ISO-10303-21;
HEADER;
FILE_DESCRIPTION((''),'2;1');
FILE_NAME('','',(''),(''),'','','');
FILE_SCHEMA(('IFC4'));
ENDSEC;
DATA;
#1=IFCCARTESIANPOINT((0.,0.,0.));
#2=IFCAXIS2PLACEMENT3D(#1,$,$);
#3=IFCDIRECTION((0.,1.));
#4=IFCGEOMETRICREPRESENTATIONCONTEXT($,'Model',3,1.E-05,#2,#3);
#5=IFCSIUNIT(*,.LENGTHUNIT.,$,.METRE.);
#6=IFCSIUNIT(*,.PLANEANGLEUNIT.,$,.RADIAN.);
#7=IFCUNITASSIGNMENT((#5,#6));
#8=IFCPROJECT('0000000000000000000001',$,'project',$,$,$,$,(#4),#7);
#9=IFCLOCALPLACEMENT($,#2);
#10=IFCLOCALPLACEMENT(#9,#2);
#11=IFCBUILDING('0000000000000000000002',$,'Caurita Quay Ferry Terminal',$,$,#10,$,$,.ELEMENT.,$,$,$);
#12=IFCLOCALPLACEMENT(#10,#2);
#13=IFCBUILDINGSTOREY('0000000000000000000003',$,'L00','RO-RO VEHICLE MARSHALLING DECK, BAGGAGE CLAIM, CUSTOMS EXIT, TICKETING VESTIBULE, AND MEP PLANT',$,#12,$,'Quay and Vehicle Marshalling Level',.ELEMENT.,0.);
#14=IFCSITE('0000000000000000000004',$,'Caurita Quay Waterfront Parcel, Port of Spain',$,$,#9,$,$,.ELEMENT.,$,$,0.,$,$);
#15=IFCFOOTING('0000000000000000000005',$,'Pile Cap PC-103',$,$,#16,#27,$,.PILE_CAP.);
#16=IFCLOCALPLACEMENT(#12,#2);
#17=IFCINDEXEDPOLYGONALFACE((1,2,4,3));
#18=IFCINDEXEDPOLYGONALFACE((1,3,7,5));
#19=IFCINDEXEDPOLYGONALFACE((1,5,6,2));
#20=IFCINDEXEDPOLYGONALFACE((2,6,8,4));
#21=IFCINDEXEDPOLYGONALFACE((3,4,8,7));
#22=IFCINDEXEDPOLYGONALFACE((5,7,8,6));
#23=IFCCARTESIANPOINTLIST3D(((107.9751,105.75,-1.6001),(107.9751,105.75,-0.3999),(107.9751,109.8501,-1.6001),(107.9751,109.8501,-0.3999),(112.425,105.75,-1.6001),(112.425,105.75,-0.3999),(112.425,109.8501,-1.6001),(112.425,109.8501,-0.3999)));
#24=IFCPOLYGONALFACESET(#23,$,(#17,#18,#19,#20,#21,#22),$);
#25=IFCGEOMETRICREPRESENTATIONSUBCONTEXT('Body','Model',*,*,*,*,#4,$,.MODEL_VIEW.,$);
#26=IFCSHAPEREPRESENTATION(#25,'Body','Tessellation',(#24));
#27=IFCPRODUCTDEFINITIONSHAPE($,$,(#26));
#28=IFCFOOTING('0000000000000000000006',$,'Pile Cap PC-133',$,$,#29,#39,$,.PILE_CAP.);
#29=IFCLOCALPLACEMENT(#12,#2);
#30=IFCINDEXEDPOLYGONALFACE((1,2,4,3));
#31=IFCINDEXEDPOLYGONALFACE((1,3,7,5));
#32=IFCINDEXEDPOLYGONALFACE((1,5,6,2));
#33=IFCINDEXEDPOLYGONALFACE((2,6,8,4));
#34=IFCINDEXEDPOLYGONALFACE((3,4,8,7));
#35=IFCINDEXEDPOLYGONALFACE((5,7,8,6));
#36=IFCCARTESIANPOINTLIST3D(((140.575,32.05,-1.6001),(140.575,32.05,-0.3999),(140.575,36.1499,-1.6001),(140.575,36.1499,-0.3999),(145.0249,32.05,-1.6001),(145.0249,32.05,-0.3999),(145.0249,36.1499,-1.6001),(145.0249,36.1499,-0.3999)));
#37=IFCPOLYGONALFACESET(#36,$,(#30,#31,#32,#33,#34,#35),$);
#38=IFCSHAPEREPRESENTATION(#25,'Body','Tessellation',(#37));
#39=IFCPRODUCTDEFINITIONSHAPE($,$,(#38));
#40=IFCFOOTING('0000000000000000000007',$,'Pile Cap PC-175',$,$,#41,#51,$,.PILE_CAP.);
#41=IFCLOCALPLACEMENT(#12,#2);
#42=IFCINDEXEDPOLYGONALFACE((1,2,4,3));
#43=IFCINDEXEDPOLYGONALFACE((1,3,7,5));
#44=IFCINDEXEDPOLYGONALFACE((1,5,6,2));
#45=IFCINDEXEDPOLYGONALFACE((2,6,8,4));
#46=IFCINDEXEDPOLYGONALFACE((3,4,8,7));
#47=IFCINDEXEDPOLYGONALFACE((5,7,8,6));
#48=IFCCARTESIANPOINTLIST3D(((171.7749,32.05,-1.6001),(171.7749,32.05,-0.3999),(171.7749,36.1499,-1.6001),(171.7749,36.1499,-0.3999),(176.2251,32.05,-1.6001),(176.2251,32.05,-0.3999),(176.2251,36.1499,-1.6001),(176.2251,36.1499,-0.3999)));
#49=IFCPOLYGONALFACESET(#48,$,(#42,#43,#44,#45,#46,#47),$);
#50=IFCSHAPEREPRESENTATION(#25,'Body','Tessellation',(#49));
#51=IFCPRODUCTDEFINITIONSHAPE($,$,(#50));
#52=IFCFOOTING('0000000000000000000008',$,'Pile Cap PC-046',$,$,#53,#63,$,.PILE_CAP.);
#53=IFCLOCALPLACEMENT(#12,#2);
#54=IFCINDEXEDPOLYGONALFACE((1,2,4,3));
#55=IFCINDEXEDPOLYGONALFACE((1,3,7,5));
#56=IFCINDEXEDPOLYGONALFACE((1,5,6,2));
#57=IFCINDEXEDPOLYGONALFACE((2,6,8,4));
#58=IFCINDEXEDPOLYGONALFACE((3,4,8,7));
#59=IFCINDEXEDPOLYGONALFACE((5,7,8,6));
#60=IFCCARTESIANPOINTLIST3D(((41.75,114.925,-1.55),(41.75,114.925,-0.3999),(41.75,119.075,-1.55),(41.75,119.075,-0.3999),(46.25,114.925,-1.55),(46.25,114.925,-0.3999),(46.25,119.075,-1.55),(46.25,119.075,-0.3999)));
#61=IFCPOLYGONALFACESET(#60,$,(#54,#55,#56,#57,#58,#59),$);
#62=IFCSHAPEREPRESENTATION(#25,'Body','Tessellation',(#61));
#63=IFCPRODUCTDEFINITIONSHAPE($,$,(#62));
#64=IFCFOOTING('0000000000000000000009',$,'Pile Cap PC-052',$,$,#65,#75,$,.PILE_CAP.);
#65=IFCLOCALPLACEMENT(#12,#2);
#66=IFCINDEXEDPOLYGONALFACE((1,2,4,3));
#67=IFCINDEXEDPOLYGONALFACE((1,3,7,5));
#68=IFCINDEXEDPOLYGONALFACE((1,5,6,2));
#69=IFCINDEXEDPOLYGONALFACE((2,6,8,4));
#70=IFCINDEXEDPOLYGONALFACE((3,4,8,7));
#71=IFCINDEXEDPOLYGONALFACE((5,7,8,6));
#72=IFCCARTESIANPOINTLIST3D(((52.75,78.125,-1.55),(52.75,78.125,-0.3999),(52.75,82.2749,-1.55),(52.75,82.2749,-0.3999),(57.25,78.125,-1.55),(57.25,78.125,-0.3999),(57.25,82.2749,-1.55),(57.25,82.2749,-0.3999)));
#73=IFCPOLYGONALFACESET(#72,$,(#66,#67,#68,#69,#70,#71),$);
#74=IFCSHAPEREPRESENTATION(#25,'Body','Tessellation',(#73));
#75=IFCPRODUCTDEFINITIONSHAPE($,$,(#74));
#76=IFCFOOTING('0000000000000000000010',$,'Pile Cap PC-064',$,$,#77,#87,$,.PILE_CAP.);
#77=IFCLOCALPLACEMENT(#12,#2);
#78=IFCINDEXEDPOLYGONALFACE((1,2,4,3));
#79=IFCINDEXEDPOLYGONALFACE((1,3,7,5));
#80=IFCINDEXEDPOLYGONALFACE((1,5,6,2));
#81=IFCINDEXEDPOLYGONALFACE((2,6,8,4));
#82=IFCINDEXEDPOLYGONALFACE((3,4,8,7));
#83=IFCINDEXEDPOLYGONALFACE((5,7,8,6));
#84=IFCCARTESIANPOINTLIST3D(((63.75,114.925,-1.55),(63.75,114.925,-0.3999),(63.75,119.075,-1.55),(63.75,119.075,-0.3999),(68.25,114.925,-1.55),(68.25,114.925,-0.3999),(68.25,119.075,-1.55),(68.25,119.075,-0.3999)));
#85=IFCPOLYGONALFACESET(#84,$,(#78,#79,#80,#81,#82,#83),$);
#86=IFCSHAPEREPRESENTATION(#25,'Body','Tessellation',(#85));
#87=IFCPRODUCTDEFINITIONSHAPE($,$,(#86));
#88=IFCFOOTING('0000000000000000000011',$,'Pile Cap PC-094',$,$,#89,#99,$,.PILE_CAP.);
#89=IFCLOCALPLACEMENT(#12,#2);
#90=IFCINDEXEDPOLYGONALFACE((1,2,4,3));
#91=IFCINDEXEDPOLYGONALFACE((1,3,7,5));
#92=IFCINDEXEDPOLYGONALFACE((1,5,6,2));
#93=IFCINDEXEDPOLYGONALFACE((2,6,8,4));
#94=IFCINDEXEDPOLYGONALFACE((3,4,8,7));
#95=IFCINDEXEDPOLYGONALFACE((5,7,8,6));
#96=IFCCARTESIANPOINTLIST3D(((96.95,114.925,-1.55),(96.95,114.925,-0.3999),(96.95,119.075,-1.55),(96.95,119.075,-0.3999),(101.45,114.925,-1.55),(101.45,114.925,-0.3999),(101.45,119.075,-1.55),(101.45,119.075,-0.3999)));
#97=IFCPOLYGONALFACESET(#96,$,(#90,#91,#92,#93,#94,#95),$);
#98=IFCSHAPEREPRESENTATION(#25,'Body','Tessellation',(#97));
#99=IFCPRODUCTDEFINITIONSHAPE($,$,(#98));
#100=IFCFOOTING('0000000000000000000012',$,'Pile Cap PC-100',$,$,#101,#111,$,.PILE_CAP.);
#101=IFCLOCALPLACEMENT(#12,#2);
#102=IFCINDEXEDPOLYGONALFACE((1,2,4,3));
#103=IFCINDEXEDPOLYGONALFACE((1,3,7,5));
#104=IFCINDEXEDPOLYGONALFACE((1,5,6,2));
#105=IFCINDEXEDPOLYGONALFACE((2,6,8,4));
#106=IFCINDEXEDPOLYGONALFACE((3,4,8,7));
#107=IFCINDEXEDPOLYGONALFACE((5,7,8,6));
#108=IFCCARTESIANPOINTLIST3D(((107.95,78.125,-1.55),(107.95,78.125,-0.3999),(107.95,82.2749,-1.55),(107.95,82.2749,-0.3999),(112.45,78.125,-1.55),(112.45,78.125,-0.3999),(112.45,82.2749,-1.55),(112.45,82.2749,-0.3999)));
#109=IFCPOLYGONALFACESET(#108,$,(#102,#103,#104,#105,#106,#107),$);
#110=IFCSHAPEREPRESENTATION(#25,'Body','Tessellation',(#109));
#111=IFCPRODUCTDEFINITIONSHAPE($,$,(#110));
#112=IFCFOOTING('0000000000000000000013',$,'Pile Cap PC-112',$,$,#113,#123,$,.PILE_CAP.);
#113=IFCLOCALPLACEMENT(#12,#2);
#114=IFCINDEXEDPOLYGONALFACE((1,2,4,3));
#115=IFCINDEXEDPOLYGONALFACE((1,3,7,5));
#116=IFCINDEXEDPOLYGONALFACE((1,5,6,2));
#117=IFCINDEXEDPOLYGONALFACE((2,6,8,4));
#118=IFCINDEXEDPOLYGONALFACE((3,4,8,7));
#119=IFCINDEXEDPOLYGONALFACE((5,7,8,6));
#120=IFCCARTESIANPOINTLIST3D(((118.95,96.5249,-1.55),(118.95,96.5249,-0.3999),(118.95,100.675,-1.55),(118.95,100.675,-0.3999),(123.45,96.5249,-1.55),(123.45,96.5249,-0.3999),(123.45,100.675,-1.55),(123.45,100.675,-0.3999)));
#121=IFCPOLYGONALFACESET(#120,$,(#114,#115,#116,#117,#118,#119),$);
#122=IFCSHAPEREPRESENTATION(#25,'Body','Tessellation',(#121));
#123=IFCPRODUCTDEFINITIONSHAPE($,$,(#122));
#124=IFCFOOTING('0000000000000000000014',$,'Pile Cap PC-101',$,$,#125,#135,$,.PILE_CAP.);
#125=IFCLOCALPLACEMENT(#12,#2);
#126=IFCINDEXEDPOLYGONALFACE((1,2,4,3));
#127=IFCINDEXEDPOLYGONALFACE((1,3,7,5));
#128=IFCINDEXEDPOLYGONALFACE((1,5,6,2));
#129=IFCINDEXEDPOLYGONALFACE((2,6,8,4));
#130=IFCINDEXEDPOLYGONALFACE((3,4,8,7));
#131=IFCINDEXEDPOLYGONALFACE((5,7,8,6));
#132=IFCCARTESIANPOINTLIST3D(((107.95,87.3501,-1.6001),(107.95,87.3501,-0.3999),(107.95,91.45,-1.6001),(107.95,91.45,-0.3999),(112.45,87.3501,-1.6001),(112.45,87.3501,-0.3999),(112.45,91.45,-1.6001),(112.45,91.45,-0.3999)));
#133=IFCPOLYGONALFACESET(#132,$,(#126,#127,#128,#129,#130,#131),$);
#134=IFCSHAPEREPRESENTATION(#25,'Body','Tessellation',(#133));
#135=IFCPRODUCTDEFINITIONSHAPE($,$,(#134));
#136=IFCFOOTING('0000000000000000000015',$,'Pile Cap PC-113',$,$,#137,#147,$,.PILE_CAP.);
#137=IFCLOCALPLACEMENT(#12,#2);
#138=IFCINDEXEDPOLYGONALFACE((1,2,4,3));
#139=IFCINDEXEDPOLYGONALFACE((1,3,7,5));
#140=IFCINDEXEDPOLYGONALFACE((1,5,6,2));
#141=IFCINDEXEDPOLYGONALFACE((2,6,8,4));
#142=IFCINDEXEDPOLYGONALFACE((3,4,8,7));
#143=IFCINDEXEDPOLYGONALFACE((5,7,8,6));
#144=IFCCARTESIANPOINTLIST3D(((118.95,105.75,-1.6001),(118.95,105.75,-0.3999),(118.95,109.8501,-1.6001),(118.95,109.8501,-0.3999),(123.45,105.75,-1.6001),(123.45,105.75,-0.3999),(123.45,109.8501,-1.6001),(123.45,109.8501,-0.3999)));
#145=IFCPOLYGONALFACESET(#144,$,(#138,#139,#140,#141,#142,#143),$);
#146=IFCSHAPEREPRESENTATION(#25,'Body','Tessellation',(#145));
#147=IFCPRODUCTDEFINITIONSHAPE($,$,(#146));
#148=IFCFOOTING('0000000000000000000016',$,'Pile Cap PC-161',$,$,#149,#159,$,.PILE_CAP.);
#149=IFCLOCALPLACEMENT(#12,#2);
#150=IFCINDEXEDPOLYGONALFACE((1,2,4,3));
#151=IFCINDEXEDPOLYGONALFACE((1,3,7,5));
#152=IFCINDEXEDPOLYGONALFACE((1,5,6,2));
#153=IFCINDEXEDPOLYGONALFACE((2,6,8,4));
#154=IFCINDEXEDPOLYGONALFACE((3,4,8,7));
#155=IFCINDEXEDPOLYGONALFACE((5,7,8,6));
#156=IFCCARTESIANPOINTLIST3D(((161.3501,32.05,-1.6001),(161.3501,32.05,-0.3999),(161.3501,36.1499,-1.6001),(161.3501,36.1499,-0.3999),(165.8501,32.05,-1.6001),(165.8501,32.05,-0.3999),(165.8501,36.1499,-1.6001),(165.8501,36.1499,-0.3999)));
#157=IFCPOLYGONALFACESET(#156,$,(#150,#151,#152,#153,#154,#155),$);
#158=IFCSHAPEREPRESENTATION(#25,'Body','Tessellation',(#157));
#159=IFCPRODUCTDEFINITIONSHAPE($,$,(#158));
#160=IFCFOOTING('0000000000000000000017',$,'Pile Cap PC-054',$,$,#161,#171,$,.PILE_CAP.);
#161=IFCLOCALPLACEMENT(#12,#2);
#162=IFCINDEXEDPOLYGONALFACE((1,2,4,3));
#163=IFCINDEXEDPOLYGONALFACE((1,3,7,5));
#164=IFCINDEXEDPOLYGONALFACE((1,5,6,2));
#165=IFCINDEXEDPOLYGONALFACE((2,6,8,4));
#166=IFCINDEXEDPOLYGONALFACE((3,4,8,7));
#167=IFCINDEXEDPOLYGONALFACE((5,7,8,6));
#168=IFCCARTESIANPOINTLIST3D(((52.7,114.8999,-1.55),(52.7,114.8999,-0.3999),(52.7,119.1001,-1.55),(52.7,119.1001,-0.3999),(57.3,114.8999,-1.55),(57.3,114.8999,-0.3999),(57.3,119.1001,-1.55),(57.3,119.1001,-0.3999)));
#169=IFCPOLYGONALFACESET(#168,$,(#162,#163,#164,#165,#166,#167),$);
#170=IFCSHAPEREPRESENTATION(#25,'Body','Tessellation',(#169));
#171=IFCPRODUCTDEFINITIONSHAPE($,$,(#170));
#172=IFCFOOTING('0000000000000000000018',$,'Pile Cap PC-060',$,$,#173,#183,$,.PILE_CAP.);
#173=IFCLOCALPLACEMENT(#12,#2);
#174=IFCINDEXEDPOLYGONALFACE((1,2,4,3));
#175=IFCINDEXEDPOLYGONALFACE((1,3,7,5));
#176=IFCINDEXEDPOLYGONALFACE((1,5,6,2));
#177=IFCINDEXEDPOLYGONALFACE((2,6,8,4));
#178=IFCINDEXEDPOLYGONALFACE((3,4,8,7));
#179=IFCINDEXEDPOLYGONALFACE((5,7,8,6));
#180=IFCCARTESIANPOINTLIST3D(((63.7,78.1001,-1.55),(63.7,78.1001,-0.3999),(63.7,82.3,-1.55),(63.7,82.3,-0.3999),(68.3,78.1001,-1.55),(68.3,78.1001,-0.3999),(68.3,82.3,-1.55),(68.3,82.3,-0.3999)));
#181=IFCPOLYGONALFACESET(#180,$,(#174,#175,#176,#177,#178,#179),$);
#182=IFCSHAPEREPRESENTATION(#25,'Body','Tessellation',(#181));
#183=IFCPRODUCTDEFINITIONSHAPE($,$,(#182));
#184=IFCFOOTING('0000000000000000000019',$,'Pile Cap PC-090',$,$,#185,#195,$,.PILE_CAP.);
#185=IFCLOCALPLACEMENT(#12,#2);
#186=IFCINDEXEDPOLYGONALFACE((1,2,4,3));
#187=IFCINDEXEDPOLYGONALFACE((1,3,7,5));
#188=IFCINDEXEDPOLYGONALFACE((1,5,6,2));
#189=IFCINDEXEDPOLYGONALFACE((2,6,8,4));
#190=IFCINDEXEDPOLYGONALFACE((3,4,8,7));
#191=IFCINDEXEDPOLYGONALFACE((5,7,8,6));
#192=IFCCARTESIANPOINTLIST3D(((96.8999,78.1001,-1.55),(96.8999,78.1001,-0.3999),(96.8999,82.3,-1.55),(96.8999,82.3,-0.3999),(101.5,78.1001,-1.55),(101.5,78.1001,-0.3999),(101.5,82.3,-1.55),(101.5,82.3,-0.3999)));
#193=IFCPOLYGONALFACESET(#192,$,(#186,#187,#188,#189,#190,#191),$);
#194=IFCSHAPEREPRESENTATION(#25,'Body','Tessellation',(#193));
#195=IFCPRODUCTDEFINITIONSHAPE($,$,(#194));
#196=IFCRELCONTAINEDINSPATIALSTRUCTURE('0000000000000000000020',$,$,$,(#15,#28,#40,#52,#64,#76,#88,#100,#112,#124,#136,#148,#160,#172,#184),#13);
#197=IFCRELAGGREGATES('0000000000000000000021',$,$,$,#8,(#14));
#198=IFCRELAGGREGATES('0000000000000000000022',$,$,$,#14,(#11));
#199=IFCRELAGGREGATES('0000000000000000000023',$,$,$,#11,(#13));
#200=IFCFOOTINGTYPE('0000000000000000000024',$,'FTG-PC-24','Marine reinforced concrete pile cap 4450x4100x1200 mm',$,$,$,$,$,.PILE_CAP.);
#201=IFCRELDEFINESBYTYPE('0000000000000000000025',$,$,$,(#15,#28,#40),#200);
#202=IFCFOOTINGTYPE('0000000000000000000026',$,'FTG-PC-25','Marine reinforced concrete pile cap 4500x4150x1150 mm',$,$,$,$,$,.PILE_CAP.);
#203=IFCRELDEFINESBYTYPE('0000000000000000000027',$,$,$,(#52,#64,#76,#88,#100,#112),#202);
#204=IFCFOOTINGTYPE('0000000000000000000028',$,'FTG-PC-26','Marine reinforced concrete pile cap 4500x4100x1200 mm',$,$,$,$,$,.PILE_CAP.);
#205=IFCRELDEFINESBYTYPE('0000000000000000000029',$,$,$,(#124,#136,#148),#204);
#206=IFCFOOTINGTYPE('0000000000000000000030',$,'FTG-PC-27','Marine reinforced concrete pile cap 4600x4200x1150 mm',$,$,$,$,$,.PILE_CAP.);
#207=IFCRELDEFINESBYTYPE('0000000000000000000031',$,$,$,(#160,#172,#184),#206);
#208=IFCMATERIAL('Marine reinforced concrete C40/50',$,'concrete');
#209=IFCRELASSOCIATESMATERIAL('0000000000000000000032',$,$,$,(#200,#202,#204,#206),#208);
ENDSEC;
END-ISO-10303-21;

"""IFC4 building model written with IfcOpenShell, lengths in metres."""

from ifc_helpers import new_model, si_unit, direction, frame, origin, place, context, subcontext, project, spatial, polyline, outline, extrude, material, type_object, element, save


model = new_model("IFC4")

# Units and contexts
model_context = context("Model", 3, precision=1e-05, world=origin(), true_north=direction((0.0, 1.0)))
body_context = subcontext(model_context, "Body", "Model", "MODEL_VIEW")
ifc_project = project(units=[si_unit("LENGTHUNIT", "METRE"), si_unit("PLANEANGLEUNIT", "RADIAN")], contexts=[model_context])

# Site, building, storey
site_placement = place(None, origin())
site = spatial("IfcSite", under=ifc_project, at=site_placement, Name="Caurita Quay Waterfront Parcel, Port of Spain", CompositionType="ELEMENT", RefElevation=0.0)
building_placement = place(site_placement, origin())
building = spatial("IfcBuilding", under=site, at=building_placement, Name="Caurita Quay Ferry Terminal", CompositionType="ELEMENT")
storey_placement = place(building_placement, origin())
storey = spatial("IfcBuildingStorey", under=building, at=storey_placement, Name="L00", Description="RO-RO VEHICLE MARSHALLING DECK, BAGGAGE CLAIM, CUSTOMS EXIT, TICKETING VESTIBULE, AND MEP PLANT", LongName="Quay and Vehicle Marshalling Level", CompositionType="ELEMENT", Elevation=0.0)

# Footings
ifc_material = material(Name="Marine reinforced concrete C40/50", Category="concrete")
footing_type_1 = type_object("IfcFootingType", Name="FTG-PC-24", Description="Marine reinforced concrete pile cap 4450x4100x1200 mm", PredefinedType="PILE_CAP", material=ifc_material)
footing_1_placement = place(storey_placement, frame((0.0, 0.0, -1.6001)))
element("IfcFooting", 1, at=footing_1_placement, inside=storey, type_object=footing_type_1, Name="Pile Cap PC-103", PredefinedType="PILE_CAP", context=body_context, shape_type="SweptSolid", body=[
    extrude(outline(polyline([(107.9751, 105.75), (112.425, 105.75), (112.425, 109.8501), (107.9751, 109.8501), (107.9751, 105.75)])), origin(), (0.0, 0.0, 1.0), 1.2002),
])
footing_2_placement = place(storey_placement, frame((0.0, 0.0, -1.6001)))
element("IfcFooting", 2, at=footing_2_placement, inside=storey, type_object=footing_type_1, Name="Pile Cap PC-133", PredefinedType="PILE_CAP", context=body_context, shape_type="SweptSolid", body=[
    extrude(outline(polyline([(140.575, 32.05), (145.0249, 32.05), (145.0249, 36.1499), (140.575, 36.1499), (140.575, 32.05)])), origin(), (0.0, 0.0, 1.0), 1.2002),
])
footing_3_placement = place(storey_placement, frame((0.0, 0.0, -1.6001)))
element("IfcFooting", 3, at=footing_3_placement, inside=storey, type_object=footing_type_1, Name="Pile Cap PC-175", PredefinedType="PILE_CAP", context=body_context, shape_type="SweptSolid", body=[
    extrude(outline(polyline([(171.7749, 32.05), (176.2251, 32.05), (176.2251, 36.1499), (171.7749, 36.1499), (171.7749, 32.05)])), origin(), (0.0, 0.0, 1.0), 1.2002),
])
footing_type_2 = type_object("IfcFootingType", Name="FTG-PC-25", Description="Marine reinforced concrete pile cap 4500x4150x1150 mm", PredefinedType="PILE_CAP", material=ifc_material)
footing_4_placement = place(storey_placement, frame((0.0, 0.0, -1.55)))
element("IfcFooting", 4, at=footing_4_placement, inside=storey, type_object=footing_type_2, Name="Pile Cap PC-046", PredefinedType="PILE_CAP", context=body_context, shape_type="SweptSolid", body=[
    extrude(outline(polyline([(41.75, 114.925), (46.25, 114.925), (46.25, 119.075), (41.75, 119.075), (41.75, 114.925)])), origin(), (0.0, 0.0, 1.0), 1.1501),
])
footing_5_placement = place(storey_placement, frame((0.0, 0.0, -1.55)))
element("IfcFooting", 5, at=footing_5_placement, inside=storey, type_object=footing_type_2, Name="Pile Cap PC-052", PredefinedType="PILE_CAP", context=body_context, shape_type="SweptSolid", body=[
    extrude(outline(polyline([(52.75, 78.125), (57.25, 78.125), (57.25, 82.2749), (52.75, 82.2749), (52.75, 78.125)])), origin(), (0.0, 0.0, 1.0), 1.1501),
])
footing_6_placement = place(storey_placement, frame((0.0, 0.0, -1.55)))
element("IfcFooting", 6, at=footing_6_placement, inside=storey, type_object=footing_type_2, Name="Pile Cap PC-064", PredefinedType="PILE_CAP", context=body_context, shape_type="SweptSolid", body=[
    extrude(outline(polyline([(63.75, 114.925), (68.25, 114.925), (68.25, 119.075), (63.75, 119.075), (63.75, 114.925)])), origin(), (0.0, 0.0, 1.0), 1.1501),
])
footing_7_placement = place(storey_placement, frame((0.0, 0.0, -1.55)))
element("IfcFooting", 7, at=footing_7_placement, inside=storey, type_object=footing_type_2, Name="Pile Cap PC-094", PredefinedType="PILE_CAP", context=body_context, shape_type="SweptSolid", body=[
    extrude(outline(polyline([(96.95, 114.925), (101.45, 114.925), (101.45, 119.075), (96.95, 119.075), (96.95, 114.925)])), origin(), (0.0, 0.0, 1.0), 1.1501),
])
footing_8_placement = place(storey_placement, frame((0.0, 0.0, -1.55)))
element("IfcFooting", 8, at=footing_8_placement, inside=storey, type_object=footing_type_2, Name="Pile Cap PC-100", PredefinedType="PILE_CAP", context=body_context, shape_type="SweptSolid", body=[
    extrude(outline(polyline([(107.95, 78.125), (112.45, 78.125), (112.45, 82.2749), (107.95, 82.2749), (107.95, 78.125)])), origin(), (0.0, 0.0, 1.0), 1.1501),
])
footing_9_placement = place(storey_placement, frame((0.0, 0.0, -1.55)))
element("IfcFooting", 9, at=footing_9_placement, inside=storey, type_object=footing_type_2, Name="Pile Cap PC-112", PredefinedType="PILE_CAP", context=body_context, shape_type="SweptSolid", body=[
    extrude(outline(polyline([(118.95, 96.5249), (123.45, 96.5249), (123.45, 100.675), (118.95, 100.675), (118.95, 96.5249)])), origin(), (0.0, 0.0, 1.0), 1.1501),
])
footing_type_3 = type_object("IfcFootingType", Name="FTG-PC-26", Description="Marine reinforced concrete pile cap 4500x4100x1200 mm", PredefinedType="PILE_CAP", material=ifc_material)
footing_10_placement = place(storey_placement, frame((0.0, 0.0, -1.6001)))
element("IfcFooting", 10, at=footing_10_placement, inside=storey, type_object=footing_type_3, Name="Pile Cap PC-101", PredefinedType="PILE_CAP", context=body_context, shape_type="SweptSolid", body=[
    extrude(outline(polyline([(107.95, 87.3501), (112.45, 87.3501), (112.45, 91.45), (107.95, 91.45), (107.95, 87.3501)])), origin(), (0.0, 0.0, 1.0), 1.2002),
])
footing_11_placement = place(storey_placement, frame((0.0, 0.0, -1.6001)))
element("IfcFooting", 11, at=footing_11_placement, inside=storey, type_object=footing_type_3, Name="Pile Cap PC-113", PredefinedType="PILE_CAP", context=body_context, shape_type="SweptSolid", body=[
    extrude(outline(polyline([(118.95, 105.75), (123.45, 105.75), (123.45, 109.8501), (118.95, 109.8501), (118.95, 105.75)])), origin(), (0.0, 0.0, 1.0), 1.2002),
])
footing_12_placement = place(storey_placement, frame((0.0, 0.0, -1.6001)))
element("IfcFooting", 12, at=footing_12_placement, inside=storey, type_object=footing_type_3, Name="Pile Cap PC-161", PredefinedType="PILE_CAP", context=body_context, shape_type="SweptSolid", body=[
    extrude(outline(polyline([(161.3501, 32.05), (165.8501, 32.05), (165.8501, 36.1499), (161.3501, 36.1499), (161.3501, 32.05)])), origin(), (0.0, 0.0, 1.0), 1.2002),
])
footing_type_4 = type_object("IfcFootingType", Name="FTG-PC-27", Description="Marine reinforced concrete pile cap 4600x4200x1150 mm", PredefinedType="PILE_CAP", material=ifc_material)
footing_13_placement = place(storey_placement, frame((0.0, 0.0, -1.55)))
element("IfcFooting", 13, at=footing_13_placement, inside=storey, type_object=footing_type_4, Name="Pile Cap PC-054", PredefinedType="PILE_CAP", context=body_context, shape_type="SweptSolid", body=[
    extrude(outline(polyline([(52.7, 114.8999), (57.3, 114.8999), (57.3, 119.1001), (52.7, 119.1001), (52.7, 114.8999)])), origin(), (0.0, 0.0, 1.0), 1.1501),
])
footing_14_placement = place(storey_placement, frame((0.0, 0.0, -1.55)))
element("IfcFooting", 14, at=footing_14_placement, inside=storey, type_object=footing_type_4, Name="Pile Cap PC-060", PredefinedType="PILE_CAP", context=body_context, shape_type="SweptSolid", body=[
    extrude(outline(polyline([(63.7, 78.1001), (68.3, 78.1001), (68.3, 82.3), (63.7, 82.3), (63.7, 78.1001)])), origin(), (0.0, 0.0, 1.0), 1.1501),
])
footing_15_placement = place(storey_placement, frame((0.0, 0.0, -1.55)))
element("IfcFooting", 15, at=footing_15_placement, inside=storey, type_object=footing_type_4, Name="Pile Cap PC-090", PredefinedType="PILE_CAP", context=body_context, shape_type="SweptSolid", body=[
    extrude(outline(polyline([(96.8999, 78.1001), (101.5, 78.1001), (101.5, 82.3), (96.8999, 82.3), (96.8999, 78.1001)])), origin(), (0.0, 0.0, 1.0), 1.1501),
])

save(model, "model.ifc")
